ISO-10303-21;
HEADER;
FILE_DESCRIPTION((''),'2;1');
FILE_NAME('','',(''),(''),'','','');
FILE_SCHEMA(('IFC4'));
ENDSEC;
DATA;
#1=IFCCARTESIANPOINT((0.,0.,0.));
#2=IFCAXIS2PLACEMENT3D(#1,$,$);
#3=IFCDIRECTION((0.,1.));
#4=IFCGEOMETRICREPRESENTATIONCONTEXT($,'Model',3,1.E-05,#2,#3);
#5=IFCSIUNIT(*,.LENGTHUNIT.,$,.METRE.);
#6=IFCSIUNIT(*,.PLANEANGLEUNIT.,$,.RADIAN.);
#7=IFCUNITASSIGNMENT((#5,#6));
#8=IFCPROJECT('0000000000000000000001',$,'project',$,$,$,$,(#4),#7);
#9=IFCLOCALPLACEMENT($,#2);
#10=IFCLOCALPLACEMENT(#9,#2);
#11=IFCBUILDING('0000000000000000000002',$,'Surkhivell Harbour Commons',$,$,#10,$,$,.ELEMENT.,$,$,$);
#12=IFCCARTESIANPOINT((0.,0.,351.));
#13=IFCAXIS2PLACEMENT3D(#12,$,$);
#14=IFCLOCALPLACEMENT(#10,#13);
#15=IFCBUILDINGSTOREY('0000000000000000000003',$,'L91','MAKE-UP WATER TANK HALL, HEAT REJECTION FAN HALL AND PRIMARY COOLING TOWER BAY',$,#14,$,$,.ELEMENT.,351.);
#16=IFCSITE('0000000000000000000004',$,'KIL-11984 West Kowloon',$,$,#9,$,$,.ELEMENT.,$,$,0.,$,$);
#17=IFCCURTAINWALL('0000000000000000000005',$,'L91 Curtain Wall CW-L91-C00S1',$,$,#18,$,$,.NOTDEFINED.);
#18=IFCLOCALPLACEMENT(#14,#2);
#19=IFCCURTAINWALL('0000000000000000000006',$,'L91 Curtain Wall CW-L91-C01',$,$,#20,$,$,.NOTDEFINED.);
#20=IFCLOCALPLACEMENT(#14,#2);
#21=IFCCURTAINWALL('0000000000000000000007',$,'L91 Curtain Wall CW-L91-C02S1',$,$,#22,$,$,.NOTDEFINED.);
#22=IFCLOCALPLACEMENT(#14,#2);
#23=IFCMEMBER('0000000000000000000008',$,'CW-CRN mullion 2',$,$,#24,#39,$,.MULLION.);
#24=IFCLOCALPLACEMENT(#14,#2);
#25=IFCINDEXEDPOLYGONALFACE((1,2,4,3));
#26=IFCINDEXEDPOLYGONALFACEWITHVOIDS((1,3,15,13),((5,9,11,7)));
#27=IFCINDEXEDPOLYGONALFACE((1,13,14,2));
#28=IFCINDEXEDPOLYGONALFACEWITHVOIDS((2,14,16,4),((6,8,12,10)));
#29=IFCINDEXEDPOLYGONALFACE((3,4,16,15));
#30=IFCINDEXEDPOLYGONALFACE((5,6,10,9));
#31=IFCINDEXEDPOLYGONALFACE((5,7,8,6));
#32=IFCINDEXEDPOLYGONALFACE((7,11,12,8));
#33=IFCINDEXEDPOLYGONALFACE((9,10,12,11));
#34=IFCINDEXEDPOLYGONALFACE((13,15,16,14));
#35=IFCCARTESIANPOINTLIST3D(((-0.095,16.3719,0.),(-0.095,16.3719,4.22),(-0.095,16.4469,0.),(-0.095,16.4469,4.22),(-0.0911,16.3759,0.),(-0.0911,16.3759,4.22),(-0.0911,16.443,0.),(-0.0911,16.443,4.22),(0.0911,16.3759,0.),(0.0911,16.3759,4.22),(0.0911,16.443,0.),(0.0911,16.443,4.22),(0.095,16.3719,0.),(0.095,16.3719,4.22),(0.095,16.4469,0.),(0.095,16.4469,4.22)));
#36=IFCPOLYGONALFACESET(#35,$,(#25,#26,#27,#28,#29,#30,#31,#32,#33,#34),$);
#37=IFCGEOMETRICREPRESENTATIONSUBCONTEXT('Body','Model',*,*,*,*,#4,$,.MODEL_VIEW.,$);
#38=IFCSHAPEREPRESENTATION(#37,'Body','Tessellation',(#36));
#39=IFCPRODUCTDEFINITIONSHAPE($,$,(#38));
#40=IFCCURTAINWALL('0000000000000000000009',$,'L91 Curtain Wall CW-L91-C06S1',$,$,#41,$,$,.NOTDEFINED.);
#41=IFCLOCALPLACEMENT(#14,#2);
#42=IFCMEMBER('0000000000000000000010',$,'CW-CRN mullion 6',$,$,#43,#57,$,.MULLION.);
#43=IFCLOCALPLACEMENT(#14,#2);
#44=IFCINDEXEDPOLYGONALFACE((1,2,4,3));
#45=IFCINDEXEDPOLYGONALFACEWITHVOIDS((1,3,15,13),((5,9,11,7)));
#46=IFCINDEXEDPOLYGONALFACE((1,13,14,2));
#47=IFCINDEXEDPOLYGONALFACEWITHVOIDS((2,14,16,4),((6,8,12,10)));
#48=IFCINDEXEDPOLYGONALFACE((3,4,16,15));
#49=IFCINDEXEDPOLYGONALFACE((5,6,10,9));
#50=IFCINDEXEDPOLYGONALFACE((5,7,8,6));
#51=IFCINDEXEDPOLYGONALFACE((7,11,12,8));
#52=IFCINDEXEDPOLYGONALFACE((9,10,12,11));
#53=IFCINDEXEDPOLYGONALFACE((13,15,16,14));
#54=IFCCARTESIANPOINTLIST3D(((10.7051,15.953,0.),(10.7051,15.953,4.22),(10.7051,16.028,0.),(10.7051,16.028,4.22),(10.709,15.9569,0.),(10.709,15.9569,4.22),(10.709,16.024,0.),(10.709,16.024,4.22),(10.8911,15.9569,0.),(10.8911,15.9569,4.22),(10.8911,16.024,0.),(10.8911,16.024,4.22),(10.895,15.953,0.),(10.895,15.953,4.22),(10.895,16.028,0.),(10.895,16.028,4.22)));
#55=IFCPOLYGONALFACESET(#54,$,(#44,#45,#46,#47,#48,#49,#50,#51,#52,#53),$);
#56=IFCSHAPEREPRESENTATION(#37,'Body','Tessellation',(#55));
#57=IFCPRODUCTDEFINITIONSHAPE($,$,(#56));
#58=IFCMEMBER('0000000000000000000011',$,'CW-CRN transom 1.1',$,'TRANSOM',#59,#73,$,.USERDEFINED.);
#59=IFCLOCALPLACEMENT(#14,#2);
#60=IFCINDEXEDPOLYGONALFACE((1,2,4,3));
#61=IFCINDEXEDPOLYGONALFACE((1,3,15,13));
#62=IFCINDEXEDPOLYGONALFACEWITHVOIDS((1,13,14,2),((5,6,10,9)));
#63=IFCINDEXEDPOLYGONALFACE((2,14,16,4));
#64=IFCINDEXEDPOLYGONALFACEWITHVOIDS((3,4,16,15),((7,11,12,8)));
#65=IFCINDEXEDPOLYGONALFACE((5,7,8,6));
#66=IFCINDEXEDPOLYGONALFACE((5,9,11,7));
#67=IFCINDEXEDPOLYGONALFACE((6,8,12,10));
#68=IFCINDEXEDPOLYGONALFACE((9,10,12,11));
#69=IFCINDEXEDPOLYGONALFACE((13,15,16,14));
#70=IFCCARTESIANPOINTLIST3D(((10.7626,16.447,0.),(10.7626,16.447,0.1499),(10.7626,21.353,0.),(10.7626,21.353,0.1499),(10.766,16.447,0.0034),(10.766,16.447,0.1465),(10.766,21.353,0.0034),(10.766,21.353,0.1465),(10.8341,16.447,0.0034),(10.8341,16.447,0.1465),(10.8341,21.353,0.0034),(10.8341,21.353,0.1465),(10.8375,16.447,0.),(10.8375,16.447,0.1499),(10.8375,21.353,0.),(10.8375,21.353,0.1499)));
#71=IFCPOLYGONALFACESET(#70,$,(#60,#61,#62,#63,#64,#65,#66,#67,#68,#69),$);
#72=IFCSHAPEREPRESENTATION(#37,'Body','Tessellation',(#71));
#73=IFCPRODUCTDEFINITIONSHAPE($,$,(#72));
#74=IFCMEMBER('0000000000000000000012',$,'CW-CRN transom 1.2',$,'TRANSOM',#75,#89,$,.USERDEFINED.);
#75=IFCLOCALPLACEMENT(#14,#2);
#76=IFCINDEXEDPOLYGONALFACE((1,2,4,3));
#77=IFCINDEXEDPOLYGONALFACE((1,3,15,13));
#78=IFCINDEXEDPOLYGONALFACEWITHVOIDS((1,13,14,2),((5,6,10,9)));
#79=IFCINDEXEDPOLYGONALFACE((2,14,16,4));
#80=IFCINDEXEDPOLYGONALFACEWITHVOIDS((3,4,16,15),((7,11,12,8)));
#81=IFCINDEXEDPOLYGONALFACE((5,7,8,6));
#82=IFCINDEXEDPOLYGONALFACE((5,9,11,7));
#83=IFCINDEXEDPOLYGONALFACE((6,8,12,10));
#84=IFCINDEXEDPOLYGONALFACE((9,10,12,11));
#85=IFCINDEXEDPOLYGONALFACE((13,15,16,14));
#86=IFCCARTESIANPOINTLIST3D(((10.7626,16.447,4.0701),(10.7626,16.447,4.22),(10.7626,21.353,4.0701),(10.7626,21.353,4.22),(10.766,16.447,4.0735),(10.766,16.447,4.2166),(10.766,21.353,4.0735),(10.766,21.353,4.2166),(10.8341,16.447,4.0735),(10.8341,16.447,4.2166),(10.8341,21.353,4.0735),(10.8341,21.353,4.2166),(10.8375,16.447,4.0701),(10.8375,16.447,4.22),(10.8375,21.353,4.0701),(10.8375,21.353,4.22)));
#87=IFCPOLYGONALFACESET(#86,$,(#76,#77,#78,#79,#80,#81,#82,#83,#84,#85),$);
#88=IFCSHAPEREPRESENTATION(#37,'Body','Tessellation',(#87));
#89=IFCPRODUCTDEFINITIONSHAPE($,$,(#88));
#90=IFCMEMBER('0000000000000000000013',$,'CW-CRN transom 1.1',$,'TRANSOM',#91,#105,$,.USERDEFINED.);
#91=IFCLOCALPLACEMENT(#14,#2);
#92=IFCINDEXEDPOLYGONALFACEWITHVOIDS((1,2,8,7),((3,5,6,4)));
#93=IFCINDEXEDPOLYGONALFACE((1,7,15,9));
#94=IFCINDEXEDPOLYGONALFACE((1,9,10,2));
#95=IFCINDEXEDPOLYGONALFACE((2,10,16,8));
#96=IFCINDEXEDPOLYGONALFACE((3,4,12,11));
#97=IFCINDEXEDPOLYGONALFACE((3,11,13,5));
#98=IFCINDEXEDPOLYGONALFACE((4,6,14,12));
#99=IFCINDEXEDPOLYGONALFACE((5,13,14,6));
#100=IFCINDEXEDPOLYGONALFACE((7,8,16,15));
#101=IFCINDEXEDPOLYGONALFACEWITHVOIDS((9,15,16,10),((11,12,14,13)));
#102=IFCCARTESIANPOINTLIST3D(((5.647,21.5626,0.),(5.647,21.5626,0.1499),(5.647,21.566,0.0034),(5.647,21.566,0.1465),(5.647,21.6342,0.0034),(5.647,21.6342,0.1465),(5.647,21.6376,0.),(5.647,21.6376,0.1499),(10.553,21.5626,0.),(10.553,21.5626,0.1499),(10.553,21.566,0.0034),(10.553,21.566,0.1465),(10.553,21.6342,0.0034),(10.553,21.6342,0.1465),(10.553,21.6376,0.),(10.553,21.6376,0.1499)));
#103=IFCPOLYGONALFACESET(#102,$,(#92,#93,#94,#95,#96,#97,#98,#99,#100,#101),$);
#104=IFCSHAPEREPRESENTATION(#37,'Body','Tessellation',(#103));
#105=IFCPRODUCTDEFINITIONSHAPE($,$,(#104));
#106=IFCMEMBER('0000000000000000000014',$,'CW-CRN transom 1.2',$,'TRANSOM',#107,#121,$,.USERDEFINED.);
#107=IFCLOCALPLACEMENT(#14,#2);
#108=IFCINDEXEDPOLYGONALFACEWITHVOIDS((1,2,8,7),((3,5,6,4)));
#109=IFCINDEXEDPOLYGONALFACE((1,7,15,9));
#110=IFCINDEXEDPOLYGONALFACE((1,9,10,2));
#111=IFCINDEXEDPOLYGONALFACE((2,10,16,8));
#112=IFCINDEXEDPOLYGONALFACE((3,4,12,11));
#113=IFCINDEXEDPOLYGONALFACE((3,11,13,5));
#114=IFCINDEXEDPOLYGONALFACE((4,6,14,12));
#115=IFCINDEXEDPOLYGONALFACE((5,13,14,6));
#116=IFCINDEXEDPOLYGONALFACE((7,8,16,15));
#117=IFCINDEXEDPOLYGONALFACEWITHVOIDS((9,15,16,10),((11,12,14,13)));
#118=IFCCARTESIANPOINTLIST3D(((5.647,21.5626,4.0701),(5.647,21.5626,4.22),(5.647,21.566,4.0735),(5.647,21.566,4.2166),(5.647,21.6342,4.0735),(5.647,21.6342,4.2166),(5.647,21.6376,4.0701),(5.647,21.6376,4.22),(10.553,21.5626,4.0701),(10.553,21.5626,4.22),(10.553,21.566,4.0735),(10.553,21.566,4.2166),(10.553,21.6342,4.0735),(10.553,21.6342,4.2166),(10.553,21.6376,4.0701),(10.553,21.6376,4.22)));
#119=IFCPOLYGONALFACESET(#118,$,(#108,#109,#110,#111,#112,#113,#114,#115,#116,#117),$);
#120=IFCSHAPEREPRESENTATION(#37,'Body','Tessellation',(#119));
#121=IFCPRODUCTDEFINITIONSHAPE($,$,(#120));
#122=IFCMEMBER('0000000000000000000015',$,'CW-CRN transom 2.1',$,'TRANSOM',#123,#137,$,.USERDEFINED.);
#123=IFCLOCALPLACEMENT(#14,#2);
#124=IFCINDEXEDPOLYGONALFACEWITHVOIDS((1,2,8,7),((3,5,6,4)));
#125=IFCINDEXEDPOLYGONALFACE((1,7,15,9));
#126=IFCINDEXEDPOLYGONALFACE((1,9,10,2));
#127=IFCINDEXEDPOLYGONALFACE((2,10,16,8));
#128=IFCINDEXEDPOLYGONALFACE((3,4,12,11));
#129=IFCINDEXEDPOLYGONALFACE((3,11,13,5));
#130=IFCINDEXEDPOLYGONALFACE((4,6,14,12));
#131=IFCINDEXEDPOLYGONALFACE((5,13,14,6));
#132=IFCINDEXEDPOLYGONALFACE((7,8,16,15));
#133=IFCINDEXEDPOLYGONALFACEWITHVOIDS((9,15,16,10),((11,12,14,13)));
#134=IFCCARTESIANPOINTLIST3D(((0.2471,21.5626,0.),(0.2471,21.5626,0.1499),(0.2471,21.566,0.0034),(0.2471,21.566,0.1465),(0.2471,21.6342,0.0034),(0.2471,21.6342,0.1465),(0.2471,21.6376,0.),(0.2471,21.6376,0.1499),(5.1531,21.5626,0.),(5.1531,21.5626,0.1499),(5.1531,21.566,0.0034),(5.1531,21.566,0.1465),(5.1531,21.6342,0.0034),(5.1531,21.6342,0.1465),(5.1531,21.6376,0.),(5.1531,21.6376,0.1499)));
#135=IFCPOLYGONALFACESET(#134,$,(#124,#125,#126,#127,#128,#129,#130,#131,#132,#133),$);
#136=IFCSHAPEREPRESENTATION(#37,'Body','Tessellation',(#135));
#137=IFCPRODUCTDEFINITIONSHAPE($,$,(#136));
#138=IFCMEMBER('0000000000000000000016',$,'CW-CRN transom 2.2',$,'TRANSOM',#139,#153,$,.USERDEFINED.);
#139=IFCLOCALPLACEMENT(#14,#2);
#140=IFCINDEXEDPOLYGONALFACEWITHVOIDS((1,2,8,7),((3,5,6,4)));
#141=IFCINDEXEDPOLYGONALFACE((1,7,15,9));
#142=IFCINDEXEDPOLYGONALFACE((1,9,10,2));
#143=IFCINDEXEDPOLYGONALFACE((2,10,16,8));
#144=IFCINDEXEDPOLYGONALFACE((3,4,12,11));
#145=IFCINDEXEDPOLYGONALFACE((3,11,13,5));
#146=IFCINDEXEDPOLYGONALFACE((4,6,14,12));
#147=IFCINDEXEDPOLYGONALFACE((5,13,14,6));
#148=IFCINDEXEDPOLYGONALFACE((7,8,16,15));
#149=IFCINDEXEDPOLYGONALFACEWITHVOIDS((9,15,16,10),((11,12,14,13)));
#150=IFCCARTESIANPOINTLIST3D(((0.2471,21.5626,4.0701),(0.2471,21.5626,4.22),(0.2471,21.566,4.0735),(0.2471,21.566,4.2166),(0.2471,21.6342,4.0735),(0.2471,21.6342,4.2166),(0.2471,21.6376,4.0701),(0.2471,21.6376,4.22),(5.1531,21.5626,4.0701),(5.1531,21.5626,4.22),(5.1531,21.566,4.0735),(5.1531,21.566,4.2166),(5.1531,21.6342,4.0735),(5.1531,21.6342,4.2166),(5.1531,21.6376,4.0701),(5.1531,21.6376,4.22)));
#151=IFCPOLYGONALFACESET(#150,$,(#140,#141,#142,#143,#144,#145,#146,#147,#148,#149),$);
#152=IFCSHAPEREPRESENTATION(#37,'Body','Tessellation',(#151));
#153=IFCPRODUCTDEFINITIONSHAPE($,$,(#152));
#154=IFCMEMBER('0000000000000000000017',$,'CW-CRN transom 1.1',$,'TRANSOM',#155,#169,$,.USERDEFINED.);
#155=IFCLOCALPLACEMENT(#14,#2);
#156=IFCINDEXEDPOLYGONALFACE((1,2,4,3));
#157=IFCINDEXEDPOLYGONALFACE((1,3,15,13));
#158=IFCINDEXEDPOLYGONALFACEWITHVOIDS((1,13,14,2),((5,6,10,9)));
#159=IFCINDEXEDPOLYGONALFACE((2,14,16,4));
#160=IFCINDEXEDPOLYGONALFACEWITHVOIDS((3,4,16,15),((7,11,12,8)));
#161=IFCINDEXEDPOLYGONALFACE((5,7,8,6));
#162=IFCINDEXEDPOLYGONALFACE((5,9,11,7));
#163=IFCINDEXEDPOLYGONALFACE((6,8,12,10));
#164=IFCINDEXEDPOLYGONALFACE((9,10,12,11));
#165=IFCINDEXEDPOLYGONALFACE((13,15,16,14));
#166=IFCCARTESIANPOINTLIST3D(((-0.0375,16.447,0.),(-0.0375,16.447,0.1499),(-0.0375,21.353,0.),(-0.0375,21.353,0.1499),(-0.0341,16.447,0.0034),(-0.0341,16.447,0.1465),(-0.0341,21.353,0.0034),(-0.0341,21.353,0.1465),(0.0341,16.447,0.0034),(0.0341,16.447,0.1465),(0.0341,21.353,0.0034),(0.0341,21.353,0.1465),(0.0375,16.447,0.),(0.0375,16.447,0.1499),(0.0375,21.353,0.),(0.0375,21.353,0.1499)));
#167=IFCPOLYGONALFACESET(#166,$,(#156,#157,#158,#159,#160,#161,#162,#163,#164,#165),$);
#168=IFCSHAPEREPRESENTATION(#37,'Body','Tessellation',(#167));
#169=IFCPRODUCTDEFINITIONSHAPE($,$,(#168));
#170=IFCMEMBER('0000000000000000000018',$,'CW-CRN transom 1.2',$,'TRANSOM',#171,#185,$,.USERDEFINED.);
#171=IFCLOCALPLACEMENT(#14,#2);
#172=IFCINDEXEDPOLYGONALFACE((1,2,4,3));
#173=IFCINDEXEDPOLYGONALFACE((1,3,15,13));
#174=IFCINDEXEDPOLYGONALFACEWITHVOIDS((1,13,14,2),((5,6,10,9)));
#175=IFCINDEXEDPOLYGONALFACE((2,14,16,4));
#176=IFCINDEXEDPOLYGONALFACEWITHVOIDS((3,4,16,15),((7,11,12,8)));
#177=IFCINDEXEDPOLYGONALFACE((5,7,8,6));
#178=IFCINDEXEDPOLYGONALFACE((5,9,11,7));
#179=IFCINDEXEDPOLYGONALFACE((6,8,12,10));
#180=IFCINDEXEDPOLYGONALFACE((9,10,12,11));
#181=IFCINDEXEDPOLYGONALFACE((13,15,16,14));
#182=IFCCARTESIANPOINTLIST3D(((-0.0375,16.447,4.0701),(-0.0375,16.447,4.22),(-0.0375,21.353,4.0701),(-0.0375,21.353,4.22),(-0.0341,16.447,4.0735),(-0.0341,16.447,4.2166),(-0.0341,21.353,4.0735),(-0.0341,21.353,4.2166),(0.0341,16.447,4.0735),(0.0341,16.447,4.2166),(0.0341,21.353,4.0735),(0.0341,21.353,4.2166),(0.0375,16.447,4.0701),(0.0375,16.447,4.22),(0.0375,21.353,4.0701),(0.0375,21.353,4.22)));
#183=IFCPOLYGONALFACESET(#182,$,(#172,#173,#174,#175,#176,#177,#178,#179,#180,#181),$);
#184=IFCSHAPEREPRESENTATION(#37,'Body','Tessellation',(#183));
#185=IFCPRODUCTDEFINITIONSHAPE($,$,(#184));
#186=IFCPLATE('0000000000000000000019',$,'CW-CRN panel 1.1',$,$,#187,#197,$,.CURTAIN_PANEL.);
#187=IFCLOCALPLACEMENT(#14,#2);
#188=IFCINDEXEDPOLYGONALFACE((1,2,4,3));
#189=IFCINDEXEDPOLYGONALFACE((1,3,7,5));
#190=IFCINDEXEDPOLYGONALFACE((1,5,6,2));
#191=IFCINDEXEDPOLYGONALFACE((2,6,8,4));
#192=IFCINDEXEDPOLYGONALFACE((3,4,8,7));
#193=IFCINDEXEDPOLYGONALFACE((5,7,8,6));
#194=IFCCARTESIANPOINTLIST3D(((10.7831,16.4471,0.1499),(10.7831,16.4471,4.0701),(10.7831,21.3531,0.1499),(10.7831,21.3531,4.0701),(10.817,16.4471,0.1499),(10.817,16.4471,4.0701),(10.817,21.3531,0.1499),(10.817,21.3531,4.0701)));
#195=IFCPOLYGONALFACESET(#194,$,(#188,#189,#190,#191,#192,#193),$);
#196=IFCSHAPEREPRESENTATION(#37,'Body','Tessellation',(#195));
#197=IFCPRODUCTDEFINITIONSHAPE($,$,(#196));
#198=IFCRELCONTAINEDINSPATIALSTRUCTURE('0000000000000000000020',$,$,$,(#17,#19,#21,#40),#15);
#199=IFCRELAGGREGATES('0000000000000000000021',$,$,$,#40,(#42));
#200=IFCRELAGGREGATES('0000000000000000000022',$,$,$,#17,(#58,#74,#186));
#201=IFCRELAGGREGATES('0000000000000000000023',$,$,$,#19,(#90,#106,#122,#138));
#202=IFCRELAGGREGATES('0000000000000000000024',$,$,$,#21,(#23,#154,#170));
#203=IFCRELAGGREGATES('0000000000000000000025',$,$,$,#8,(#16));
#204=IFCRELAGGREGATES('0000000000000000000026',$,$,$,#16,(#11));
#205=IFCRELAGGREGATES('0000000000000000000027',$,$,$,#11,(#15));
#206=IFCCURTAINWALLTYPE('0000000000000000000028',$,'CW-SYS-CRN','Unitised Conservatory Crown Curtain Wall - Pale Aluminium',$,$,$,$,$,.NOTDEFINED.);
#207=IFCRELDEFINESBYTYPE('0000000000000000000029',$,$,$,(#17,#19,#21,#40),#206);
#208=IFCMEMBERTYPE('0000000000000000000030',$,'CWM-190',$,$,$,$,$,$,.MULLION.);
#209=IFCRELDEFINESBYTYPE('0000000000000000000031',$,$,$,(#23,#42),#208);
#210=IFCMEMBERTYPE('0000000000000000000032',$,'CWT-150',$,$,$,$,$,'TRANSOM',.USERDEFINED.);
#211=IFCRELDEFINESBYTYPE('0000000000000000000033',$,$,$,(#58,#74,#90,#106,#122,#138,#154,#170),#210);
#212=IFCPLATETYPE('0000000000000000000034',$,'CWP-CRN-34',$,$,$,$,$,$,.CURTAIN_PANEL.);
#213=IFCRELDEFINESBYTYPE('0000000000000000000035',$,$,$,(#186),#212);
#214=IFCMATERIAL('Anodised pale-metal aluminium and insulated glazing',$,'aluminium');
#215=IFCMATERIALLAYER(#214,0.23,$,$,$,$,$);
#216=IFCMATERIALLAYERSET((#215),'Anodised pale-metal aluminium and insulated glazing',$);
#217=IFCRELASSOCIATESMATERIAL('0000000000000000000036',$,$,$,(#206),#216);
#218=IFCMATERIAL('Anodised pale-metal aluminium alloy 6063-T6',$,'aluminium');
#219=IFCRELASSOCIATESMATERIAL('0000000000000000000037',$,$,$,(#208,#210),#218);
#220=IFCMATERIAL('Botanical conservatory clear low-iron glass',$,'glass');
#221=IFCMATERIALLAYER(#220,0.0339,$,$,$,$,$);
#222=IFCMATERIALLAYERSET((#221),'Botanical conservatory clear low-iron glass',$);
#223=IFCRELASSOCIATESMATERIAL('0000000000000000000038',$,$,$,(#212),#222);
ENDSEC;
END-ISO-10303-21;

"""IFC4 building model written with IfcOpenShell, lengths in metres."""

from ifc_helpers import new_model, si_unit, direction, frame, frame_2d, origin, origin_2d, place, context, subcontext, project, spatial, rectangle, hollow_rectangle, extrude, material, layer, layer_set, material_profile, profile_set, type_object, element, aggregate, save


model = new_model("IFC4")

# Units and contexts
model_context = context("Model", 3, precision=1e-05, world=origin(), true_north=direction((0.0, 1.0)))
body_context = subcontext(model_context, "Body", "Model", "MODEL_VIEW")
ifc_project = project(units=[si_unit("LENGTHUNIT", "METRE"), si_unit("PLANEANGLEUNIT", "RADIAN")], contexts=[model_context])

# Site, building, storey
site_placement = place(None, origin())
site = spatial("IfcSite", under=ifc_project, at=site_placement, Name="KIL-11984 West Kowloon", CompositionType="ELEMENT", RefElevation=0.0)
building_placement = place(site_placement, origin())
building = spatial("IfcBuilding", under=site, at=building_placement, Name="Surkhivell Harbour Commons", CompositionType="ELEMENT")
storey_placement = place(building_placement, frame((0.0, 0.0, 351.0)))
storey = spatial("IfcBuildingStorey", under=building, at=storey_placement, Name="L91", Description="MAKE-UP WATER TANK HALL, HEAT REJECTION FAN HALL AND PRIMARY COOLING TOWER BAY", CompositionType="ELEMENT", Elevation=351.0)

# Curtain walls, member
ifc_material_1 = material(Name="Anodised pale-metal aluminium and insulated glazing", Category="aluminium")
ifc_layer_1 = layer(ifc_material_1, 0.23)
ifc_layer_set_1 = layer_set([ifc_layer_1], Name="Anodised pale-metal aluminium and insulated glazing")
curtain_wall_type = type_object("IfcCurtainWallType", Name="CW-SYS-CRN", Description="Unitised Conservatory Crown Curtain Wall - Pale Aluminium", PredefinedType="NOTDEFINED", material=ifc_layer_set_1)
curtain_wall_1_placement = place(storey_placement, origin())
curtain_wall_1 = element("IfcCurtainWall", 1, at=curtain_wall_1_placement, inside=storey, type_object=curtain_wall_type, Name="L91 Curtain Wall CW-L91-C00S1", PredefinedType="NOTDEFINED")
ifc_material_2 = material(Name="Anodised pale-metal aluminium alloy 6063-T6", Category="aluminium")
ifc_material_profile_1 = material_profile(ifc_material_2, hollow_rectangle(XDim=0.075, YDim=0.1899, WallThickness=0.0039, at=origin_2d()), Name="ALU-MULL-75x190")
ifc_profile_set_1 = profile_set([ifc_material_profile_1], Name="Anodised pale-metal aluminium alloy 6063-T6")
member_type_1 = type_object("IfcMemberType", Name="CWM-190", PredefinedType="MULLION", material=ifc_profile_set_1)
curtain_wall_2_placement = place(storey_placement, origin())
curtain_wall_2 = element("IfcCurtainWall", 2, at=curtain_wall_2_placement, inside=storey, type_object=curtain_wall_type, Name="L91 Curtain Wall CW-L91-C01", PredefinedType="NOTDEFINED")
curtain_wall_3_placement = place(storey_placement, origin())
curtain_wall_3 = element("IfcCurtainWall", 3, at=curtain_wall_3_placement, inside=storey, type_object=curtain_wall_type, Name="L91 Curtain Wall CW-L91-C02S1", PredefinedType="NOTDEFINED")
member_1_placement = place(storey_placement, frame((0.0, 16.4094, 0.0), z_axis=(0.0, 0.0, 1.0), x_axis=(0.0, -1.0, 0.0)))
member_1 = element("IfcMember", 4, at=member_1_placement, type_object=member_type_1, Name="CW-CRN mullion 2", PredefinedType="MULLION", context=body_context, shape_type="SweptSolid", body=[
    extrude(hollow_rectangle(XDim=0.075, YDim=0.1899, WallThickness=0.0039, at=origin_2d()), origin(), (0.0, 0.0, 1.0), 4.22),
])

# Curtain wall, member
curtain_wall_4_placement = place(storey_placement, origin())
curtain_wall_4 = element("IfcCurtainWall", 5, at=curtain_wall_4_placement, inside=storey, type_object=curtain_wall_type, Name="L91 Curtain Wall CW-L91-C06S1", PredefinedType="NOTDEFINED")
member_2_placement = place(storey_placement, frame((10.8, 15.9905, 0.0), z_axis=(0.0, 0.0, 1.0), x_axis=(0.0, 1.0, 0.0)))
member_2 = element("IfcMember", 6, at=member_2_placement, type_object=member_type_1, Name="CW-CRN mullion 6", PredefinedType="MULLION", context=body_context, shape_type="SweptSolid", body=[
    extrude(hollow_rectangle(XDim=0.075, YDim=0.1899, WallThickness=0.0039, at=origin_2d()), origin(), (0.0, 0.0, 1.0), 4.22),
])
aggregate(curtain_wall_4, [member_2])

# Members
ifc_material_profile_2 = material_profile(ifc_material_2, hollow_rectangle(XDim=0.075, YDim=0.1499, WallThickness=0.0034, at=origin_2d()), Name="ALU-TRAN-75x150")
ifc_profile_set_2 = profile_set([ifc_material_profile_2], Name="Anodised pale-metal aluminium alloy 6063-T6")
member_type_2 = type_object("IfcMemberType", Name="CWT-150", ElementType="TRANSOM", PredefinedType="USERDEFINED", material=ifc_profile_set_2)
member_3_placement = place(storey_placement, frame((10.8, 16.447, 0.075), z_axis=(0.0, 1.0, 0.0), x_axis=(-1.0, 0.0, 0.0)))
member_3 = element("IfcMember", 7, at=member_3_placement, type_object=member_type_2, Name="CW-CRN transom 1.1", ObjectType="TRANSOM", PredefinedType="USERDEFINED", context=body_context, shape_type="SweptSolid", body=[
    extrude(hollow_rectangle(XDim=0.075, YDim=0.1499, WallThickness=0.0034, at=origin_2d()), origin(), (0.0, 0.0, 1.0), 4.906),
])
member_4_placement = place(storey_placement, frame((10.8, 16.447, 4.145), z_axis=(0.0, 1.0, 0.0), x_axis=(-1.0, 0.0, 0.0)))
member_4 = element("IfcMember", 8, at=member_4_placement, type_object=member_type_2, Name="CW-CRN transom 1.2", ObjectType="TRANSOM", PredefinedType="USERDEFINED", context=body_context, shape_type="SweptSolid", body=[
    extrude(hollow_rectangle(XDim=0.075, YDim=0.1499, WallThickness=0.0034, at=origin_2d()), origin(), (0.0, 0.0, 1.0), 4.906),
])
member_5_placement = place(storey_placement, frame((10.553, 21.6001, 0.075), z_axis=(-1.0, 0.0, 0.0), x_axis=(0.0, -1.0, 0.0)))
member_5 = element("IfcMember", 9, at=member_5_placement, type_object=member_type_2, Name="CW-CRN transom 1.1", ObjectType="TRANSOM", PredefinedType="USERDEFINED", context=body_context, shape_type="SweptSolid", body=[
    extrude(hollow_rectangle(XDim=0.075, YDim=0.1499, WallThickness=0.0034, at=origin_2d()), origin(), (0.0, 0.0, 1.0), 4.906),
])
member_6_placement = place(storey_placement, frame((10.553, 21.6001, 4.145), z_axis=(-1.0, 0.0, 0.0), x_axis=(0.0, -1.0, 0.0)))
member_6 = element("IfcMember", 10, at=member_6_placement, type_object=member_type_2, Name="CW-CRN transom 1.2", ObjectType="TRANSOM", PredefinedType="USERDEFINED", context=body_context, shape_type="SweptSolid", body=[
    extrude(hollow_rectangle(XDim=0.075, YDim=0.1499, WallThickness=0.0034, at=origin_2d()), origin(), (0.0, 0.0, 1.0), 4.906),
])
member_7_placement = place(storey_placement, frame((5.1531, 21.6001, 0.075), z_axis=(-1.0, 0.0, 0.0), x_axis=(0.0, -1.0, 0.0)))
member_7 = element("IfcMember", 11, at=member_7_placement, type_object=member_type_2, Name="CW-CRN transom 2.1", ObjectType="TRANSOM", PredefinedType="USERDEFINED", context=body_context, shape_type="SweptSolid", body=[
    extrude(hollow_rectangle(XDim=0.075, YDim=0.1499, WallThickness=0.0034, at=origin_2d()), origin(), (0.0, 0.0, 1.0), 4.906),
])
member_8_placement = place(storey_placement, frame((5.1531, 21.6001, 4.145), z_axis=(-1.0, 0.0, 0.0), x_axis=(0.0, -1.0, 0.0)))
member_8 = element("IfcMember", 12, at=member_8_placement, type_object=member_type_2, Name="CW-CRN transom 2.2", ObjectType="TRANSOM", PredefinedType="USERDEFINED", context=body_context, shape_type="SweptSolid", body=[
    extrude(hollow_rectangle(XDim=0.075, YDim=0.1499, WallThickness=0.0034, at=origin_2d()), origin(), (0.0, 0.0, 1.0), 4.906),
])
member_9_placement = place(storey_placement, frame((0.0, 21.353, 0.075), z_axis=(0.0, -1.0, 0.0), x_axis=(1.0, 0.0, 0.0)))
member_9 = element("IfcMember", 13, at=member_9_placement, type_object=member_type_2, Name="CW-CRN transom 1.1", ObjectType="TRANSOM", PredefinedType="USERDEFINED", context=body_context, shape_type="SweptSolid", body=[
    extrude(hollow_rectangle(XDim=0.075, YDim=0.1499, WallThickness=0.0034, at=origin_2d()), origin(), (0.0, 0.0, 1.0), 4.906),
])
member_10_placement = place(storey_placement, frame((0.0, 21.353, 4.145), z_axis=(0.0, -1.0, 0.0), x_axis=(1.0, 0.0, 0.0)))
member_10 = element("IfcMember", 14, at=member_10_placement, type_object=member_type_2, Name="CW-CRN transom 1.2", ObjectType="TRANSOM", PredefinedType="USERDEFINED", context=body_context, shape_type="SweptSolid", body=[
    extrude(hollow_rectangle(XDim=0.075, YDim=0.1499, WallThickness=0.0034, at=origin_2d()), origin(), (0.0, 0.0, 1.0), 4.906),
])

# Plate
ifc_material_3 = material(Name="Botanical conservatory clear low-iron glass", Category="glass")
ifc_layer_2 = layer(ifc_material_3, 0.0339)
ifc_layer_set_2 = layer_set([ifc_layer_2], Name="Botanical conservatory clear low-iron glass")
plate_type = type_object("IfcPlateType", Name="CWP-CRN-34", PredefinedType="CURTAIN_PANEL", material=ifc_layer_set_2)
plate_1_placement = place(storey_placement, frame((10.8, 16.447, 0.1499), z_axis=(0.0, 0.0, 1.0), x_axis=(0.0, 1.0, 0.0)))
plate_1 = element("IfcPlate", 15, at=plate_1_placement, type_object=plate_type, Name="CW-CRN panel 1.1", PredefinedType="CURTAIN_PANEL", context=body_context, shape_type="SweptSolid", body=[
    extrude(rectangle(XDim=4.906, YDim=0.0339, at=frame_2d((2.4531, 0.0))), origin(), (0.0, 0.0, 1.0), 3.9202),
])
aggregate(curtain_wall_1, [member_3, member_4, plate_1])
aggregate(curtain_wall_2, [member_5, member_6, member_7, member_8])
aggregate(curtain_wall_3, [member_1, member_9, member_10])

save(model, "model.ifc")
